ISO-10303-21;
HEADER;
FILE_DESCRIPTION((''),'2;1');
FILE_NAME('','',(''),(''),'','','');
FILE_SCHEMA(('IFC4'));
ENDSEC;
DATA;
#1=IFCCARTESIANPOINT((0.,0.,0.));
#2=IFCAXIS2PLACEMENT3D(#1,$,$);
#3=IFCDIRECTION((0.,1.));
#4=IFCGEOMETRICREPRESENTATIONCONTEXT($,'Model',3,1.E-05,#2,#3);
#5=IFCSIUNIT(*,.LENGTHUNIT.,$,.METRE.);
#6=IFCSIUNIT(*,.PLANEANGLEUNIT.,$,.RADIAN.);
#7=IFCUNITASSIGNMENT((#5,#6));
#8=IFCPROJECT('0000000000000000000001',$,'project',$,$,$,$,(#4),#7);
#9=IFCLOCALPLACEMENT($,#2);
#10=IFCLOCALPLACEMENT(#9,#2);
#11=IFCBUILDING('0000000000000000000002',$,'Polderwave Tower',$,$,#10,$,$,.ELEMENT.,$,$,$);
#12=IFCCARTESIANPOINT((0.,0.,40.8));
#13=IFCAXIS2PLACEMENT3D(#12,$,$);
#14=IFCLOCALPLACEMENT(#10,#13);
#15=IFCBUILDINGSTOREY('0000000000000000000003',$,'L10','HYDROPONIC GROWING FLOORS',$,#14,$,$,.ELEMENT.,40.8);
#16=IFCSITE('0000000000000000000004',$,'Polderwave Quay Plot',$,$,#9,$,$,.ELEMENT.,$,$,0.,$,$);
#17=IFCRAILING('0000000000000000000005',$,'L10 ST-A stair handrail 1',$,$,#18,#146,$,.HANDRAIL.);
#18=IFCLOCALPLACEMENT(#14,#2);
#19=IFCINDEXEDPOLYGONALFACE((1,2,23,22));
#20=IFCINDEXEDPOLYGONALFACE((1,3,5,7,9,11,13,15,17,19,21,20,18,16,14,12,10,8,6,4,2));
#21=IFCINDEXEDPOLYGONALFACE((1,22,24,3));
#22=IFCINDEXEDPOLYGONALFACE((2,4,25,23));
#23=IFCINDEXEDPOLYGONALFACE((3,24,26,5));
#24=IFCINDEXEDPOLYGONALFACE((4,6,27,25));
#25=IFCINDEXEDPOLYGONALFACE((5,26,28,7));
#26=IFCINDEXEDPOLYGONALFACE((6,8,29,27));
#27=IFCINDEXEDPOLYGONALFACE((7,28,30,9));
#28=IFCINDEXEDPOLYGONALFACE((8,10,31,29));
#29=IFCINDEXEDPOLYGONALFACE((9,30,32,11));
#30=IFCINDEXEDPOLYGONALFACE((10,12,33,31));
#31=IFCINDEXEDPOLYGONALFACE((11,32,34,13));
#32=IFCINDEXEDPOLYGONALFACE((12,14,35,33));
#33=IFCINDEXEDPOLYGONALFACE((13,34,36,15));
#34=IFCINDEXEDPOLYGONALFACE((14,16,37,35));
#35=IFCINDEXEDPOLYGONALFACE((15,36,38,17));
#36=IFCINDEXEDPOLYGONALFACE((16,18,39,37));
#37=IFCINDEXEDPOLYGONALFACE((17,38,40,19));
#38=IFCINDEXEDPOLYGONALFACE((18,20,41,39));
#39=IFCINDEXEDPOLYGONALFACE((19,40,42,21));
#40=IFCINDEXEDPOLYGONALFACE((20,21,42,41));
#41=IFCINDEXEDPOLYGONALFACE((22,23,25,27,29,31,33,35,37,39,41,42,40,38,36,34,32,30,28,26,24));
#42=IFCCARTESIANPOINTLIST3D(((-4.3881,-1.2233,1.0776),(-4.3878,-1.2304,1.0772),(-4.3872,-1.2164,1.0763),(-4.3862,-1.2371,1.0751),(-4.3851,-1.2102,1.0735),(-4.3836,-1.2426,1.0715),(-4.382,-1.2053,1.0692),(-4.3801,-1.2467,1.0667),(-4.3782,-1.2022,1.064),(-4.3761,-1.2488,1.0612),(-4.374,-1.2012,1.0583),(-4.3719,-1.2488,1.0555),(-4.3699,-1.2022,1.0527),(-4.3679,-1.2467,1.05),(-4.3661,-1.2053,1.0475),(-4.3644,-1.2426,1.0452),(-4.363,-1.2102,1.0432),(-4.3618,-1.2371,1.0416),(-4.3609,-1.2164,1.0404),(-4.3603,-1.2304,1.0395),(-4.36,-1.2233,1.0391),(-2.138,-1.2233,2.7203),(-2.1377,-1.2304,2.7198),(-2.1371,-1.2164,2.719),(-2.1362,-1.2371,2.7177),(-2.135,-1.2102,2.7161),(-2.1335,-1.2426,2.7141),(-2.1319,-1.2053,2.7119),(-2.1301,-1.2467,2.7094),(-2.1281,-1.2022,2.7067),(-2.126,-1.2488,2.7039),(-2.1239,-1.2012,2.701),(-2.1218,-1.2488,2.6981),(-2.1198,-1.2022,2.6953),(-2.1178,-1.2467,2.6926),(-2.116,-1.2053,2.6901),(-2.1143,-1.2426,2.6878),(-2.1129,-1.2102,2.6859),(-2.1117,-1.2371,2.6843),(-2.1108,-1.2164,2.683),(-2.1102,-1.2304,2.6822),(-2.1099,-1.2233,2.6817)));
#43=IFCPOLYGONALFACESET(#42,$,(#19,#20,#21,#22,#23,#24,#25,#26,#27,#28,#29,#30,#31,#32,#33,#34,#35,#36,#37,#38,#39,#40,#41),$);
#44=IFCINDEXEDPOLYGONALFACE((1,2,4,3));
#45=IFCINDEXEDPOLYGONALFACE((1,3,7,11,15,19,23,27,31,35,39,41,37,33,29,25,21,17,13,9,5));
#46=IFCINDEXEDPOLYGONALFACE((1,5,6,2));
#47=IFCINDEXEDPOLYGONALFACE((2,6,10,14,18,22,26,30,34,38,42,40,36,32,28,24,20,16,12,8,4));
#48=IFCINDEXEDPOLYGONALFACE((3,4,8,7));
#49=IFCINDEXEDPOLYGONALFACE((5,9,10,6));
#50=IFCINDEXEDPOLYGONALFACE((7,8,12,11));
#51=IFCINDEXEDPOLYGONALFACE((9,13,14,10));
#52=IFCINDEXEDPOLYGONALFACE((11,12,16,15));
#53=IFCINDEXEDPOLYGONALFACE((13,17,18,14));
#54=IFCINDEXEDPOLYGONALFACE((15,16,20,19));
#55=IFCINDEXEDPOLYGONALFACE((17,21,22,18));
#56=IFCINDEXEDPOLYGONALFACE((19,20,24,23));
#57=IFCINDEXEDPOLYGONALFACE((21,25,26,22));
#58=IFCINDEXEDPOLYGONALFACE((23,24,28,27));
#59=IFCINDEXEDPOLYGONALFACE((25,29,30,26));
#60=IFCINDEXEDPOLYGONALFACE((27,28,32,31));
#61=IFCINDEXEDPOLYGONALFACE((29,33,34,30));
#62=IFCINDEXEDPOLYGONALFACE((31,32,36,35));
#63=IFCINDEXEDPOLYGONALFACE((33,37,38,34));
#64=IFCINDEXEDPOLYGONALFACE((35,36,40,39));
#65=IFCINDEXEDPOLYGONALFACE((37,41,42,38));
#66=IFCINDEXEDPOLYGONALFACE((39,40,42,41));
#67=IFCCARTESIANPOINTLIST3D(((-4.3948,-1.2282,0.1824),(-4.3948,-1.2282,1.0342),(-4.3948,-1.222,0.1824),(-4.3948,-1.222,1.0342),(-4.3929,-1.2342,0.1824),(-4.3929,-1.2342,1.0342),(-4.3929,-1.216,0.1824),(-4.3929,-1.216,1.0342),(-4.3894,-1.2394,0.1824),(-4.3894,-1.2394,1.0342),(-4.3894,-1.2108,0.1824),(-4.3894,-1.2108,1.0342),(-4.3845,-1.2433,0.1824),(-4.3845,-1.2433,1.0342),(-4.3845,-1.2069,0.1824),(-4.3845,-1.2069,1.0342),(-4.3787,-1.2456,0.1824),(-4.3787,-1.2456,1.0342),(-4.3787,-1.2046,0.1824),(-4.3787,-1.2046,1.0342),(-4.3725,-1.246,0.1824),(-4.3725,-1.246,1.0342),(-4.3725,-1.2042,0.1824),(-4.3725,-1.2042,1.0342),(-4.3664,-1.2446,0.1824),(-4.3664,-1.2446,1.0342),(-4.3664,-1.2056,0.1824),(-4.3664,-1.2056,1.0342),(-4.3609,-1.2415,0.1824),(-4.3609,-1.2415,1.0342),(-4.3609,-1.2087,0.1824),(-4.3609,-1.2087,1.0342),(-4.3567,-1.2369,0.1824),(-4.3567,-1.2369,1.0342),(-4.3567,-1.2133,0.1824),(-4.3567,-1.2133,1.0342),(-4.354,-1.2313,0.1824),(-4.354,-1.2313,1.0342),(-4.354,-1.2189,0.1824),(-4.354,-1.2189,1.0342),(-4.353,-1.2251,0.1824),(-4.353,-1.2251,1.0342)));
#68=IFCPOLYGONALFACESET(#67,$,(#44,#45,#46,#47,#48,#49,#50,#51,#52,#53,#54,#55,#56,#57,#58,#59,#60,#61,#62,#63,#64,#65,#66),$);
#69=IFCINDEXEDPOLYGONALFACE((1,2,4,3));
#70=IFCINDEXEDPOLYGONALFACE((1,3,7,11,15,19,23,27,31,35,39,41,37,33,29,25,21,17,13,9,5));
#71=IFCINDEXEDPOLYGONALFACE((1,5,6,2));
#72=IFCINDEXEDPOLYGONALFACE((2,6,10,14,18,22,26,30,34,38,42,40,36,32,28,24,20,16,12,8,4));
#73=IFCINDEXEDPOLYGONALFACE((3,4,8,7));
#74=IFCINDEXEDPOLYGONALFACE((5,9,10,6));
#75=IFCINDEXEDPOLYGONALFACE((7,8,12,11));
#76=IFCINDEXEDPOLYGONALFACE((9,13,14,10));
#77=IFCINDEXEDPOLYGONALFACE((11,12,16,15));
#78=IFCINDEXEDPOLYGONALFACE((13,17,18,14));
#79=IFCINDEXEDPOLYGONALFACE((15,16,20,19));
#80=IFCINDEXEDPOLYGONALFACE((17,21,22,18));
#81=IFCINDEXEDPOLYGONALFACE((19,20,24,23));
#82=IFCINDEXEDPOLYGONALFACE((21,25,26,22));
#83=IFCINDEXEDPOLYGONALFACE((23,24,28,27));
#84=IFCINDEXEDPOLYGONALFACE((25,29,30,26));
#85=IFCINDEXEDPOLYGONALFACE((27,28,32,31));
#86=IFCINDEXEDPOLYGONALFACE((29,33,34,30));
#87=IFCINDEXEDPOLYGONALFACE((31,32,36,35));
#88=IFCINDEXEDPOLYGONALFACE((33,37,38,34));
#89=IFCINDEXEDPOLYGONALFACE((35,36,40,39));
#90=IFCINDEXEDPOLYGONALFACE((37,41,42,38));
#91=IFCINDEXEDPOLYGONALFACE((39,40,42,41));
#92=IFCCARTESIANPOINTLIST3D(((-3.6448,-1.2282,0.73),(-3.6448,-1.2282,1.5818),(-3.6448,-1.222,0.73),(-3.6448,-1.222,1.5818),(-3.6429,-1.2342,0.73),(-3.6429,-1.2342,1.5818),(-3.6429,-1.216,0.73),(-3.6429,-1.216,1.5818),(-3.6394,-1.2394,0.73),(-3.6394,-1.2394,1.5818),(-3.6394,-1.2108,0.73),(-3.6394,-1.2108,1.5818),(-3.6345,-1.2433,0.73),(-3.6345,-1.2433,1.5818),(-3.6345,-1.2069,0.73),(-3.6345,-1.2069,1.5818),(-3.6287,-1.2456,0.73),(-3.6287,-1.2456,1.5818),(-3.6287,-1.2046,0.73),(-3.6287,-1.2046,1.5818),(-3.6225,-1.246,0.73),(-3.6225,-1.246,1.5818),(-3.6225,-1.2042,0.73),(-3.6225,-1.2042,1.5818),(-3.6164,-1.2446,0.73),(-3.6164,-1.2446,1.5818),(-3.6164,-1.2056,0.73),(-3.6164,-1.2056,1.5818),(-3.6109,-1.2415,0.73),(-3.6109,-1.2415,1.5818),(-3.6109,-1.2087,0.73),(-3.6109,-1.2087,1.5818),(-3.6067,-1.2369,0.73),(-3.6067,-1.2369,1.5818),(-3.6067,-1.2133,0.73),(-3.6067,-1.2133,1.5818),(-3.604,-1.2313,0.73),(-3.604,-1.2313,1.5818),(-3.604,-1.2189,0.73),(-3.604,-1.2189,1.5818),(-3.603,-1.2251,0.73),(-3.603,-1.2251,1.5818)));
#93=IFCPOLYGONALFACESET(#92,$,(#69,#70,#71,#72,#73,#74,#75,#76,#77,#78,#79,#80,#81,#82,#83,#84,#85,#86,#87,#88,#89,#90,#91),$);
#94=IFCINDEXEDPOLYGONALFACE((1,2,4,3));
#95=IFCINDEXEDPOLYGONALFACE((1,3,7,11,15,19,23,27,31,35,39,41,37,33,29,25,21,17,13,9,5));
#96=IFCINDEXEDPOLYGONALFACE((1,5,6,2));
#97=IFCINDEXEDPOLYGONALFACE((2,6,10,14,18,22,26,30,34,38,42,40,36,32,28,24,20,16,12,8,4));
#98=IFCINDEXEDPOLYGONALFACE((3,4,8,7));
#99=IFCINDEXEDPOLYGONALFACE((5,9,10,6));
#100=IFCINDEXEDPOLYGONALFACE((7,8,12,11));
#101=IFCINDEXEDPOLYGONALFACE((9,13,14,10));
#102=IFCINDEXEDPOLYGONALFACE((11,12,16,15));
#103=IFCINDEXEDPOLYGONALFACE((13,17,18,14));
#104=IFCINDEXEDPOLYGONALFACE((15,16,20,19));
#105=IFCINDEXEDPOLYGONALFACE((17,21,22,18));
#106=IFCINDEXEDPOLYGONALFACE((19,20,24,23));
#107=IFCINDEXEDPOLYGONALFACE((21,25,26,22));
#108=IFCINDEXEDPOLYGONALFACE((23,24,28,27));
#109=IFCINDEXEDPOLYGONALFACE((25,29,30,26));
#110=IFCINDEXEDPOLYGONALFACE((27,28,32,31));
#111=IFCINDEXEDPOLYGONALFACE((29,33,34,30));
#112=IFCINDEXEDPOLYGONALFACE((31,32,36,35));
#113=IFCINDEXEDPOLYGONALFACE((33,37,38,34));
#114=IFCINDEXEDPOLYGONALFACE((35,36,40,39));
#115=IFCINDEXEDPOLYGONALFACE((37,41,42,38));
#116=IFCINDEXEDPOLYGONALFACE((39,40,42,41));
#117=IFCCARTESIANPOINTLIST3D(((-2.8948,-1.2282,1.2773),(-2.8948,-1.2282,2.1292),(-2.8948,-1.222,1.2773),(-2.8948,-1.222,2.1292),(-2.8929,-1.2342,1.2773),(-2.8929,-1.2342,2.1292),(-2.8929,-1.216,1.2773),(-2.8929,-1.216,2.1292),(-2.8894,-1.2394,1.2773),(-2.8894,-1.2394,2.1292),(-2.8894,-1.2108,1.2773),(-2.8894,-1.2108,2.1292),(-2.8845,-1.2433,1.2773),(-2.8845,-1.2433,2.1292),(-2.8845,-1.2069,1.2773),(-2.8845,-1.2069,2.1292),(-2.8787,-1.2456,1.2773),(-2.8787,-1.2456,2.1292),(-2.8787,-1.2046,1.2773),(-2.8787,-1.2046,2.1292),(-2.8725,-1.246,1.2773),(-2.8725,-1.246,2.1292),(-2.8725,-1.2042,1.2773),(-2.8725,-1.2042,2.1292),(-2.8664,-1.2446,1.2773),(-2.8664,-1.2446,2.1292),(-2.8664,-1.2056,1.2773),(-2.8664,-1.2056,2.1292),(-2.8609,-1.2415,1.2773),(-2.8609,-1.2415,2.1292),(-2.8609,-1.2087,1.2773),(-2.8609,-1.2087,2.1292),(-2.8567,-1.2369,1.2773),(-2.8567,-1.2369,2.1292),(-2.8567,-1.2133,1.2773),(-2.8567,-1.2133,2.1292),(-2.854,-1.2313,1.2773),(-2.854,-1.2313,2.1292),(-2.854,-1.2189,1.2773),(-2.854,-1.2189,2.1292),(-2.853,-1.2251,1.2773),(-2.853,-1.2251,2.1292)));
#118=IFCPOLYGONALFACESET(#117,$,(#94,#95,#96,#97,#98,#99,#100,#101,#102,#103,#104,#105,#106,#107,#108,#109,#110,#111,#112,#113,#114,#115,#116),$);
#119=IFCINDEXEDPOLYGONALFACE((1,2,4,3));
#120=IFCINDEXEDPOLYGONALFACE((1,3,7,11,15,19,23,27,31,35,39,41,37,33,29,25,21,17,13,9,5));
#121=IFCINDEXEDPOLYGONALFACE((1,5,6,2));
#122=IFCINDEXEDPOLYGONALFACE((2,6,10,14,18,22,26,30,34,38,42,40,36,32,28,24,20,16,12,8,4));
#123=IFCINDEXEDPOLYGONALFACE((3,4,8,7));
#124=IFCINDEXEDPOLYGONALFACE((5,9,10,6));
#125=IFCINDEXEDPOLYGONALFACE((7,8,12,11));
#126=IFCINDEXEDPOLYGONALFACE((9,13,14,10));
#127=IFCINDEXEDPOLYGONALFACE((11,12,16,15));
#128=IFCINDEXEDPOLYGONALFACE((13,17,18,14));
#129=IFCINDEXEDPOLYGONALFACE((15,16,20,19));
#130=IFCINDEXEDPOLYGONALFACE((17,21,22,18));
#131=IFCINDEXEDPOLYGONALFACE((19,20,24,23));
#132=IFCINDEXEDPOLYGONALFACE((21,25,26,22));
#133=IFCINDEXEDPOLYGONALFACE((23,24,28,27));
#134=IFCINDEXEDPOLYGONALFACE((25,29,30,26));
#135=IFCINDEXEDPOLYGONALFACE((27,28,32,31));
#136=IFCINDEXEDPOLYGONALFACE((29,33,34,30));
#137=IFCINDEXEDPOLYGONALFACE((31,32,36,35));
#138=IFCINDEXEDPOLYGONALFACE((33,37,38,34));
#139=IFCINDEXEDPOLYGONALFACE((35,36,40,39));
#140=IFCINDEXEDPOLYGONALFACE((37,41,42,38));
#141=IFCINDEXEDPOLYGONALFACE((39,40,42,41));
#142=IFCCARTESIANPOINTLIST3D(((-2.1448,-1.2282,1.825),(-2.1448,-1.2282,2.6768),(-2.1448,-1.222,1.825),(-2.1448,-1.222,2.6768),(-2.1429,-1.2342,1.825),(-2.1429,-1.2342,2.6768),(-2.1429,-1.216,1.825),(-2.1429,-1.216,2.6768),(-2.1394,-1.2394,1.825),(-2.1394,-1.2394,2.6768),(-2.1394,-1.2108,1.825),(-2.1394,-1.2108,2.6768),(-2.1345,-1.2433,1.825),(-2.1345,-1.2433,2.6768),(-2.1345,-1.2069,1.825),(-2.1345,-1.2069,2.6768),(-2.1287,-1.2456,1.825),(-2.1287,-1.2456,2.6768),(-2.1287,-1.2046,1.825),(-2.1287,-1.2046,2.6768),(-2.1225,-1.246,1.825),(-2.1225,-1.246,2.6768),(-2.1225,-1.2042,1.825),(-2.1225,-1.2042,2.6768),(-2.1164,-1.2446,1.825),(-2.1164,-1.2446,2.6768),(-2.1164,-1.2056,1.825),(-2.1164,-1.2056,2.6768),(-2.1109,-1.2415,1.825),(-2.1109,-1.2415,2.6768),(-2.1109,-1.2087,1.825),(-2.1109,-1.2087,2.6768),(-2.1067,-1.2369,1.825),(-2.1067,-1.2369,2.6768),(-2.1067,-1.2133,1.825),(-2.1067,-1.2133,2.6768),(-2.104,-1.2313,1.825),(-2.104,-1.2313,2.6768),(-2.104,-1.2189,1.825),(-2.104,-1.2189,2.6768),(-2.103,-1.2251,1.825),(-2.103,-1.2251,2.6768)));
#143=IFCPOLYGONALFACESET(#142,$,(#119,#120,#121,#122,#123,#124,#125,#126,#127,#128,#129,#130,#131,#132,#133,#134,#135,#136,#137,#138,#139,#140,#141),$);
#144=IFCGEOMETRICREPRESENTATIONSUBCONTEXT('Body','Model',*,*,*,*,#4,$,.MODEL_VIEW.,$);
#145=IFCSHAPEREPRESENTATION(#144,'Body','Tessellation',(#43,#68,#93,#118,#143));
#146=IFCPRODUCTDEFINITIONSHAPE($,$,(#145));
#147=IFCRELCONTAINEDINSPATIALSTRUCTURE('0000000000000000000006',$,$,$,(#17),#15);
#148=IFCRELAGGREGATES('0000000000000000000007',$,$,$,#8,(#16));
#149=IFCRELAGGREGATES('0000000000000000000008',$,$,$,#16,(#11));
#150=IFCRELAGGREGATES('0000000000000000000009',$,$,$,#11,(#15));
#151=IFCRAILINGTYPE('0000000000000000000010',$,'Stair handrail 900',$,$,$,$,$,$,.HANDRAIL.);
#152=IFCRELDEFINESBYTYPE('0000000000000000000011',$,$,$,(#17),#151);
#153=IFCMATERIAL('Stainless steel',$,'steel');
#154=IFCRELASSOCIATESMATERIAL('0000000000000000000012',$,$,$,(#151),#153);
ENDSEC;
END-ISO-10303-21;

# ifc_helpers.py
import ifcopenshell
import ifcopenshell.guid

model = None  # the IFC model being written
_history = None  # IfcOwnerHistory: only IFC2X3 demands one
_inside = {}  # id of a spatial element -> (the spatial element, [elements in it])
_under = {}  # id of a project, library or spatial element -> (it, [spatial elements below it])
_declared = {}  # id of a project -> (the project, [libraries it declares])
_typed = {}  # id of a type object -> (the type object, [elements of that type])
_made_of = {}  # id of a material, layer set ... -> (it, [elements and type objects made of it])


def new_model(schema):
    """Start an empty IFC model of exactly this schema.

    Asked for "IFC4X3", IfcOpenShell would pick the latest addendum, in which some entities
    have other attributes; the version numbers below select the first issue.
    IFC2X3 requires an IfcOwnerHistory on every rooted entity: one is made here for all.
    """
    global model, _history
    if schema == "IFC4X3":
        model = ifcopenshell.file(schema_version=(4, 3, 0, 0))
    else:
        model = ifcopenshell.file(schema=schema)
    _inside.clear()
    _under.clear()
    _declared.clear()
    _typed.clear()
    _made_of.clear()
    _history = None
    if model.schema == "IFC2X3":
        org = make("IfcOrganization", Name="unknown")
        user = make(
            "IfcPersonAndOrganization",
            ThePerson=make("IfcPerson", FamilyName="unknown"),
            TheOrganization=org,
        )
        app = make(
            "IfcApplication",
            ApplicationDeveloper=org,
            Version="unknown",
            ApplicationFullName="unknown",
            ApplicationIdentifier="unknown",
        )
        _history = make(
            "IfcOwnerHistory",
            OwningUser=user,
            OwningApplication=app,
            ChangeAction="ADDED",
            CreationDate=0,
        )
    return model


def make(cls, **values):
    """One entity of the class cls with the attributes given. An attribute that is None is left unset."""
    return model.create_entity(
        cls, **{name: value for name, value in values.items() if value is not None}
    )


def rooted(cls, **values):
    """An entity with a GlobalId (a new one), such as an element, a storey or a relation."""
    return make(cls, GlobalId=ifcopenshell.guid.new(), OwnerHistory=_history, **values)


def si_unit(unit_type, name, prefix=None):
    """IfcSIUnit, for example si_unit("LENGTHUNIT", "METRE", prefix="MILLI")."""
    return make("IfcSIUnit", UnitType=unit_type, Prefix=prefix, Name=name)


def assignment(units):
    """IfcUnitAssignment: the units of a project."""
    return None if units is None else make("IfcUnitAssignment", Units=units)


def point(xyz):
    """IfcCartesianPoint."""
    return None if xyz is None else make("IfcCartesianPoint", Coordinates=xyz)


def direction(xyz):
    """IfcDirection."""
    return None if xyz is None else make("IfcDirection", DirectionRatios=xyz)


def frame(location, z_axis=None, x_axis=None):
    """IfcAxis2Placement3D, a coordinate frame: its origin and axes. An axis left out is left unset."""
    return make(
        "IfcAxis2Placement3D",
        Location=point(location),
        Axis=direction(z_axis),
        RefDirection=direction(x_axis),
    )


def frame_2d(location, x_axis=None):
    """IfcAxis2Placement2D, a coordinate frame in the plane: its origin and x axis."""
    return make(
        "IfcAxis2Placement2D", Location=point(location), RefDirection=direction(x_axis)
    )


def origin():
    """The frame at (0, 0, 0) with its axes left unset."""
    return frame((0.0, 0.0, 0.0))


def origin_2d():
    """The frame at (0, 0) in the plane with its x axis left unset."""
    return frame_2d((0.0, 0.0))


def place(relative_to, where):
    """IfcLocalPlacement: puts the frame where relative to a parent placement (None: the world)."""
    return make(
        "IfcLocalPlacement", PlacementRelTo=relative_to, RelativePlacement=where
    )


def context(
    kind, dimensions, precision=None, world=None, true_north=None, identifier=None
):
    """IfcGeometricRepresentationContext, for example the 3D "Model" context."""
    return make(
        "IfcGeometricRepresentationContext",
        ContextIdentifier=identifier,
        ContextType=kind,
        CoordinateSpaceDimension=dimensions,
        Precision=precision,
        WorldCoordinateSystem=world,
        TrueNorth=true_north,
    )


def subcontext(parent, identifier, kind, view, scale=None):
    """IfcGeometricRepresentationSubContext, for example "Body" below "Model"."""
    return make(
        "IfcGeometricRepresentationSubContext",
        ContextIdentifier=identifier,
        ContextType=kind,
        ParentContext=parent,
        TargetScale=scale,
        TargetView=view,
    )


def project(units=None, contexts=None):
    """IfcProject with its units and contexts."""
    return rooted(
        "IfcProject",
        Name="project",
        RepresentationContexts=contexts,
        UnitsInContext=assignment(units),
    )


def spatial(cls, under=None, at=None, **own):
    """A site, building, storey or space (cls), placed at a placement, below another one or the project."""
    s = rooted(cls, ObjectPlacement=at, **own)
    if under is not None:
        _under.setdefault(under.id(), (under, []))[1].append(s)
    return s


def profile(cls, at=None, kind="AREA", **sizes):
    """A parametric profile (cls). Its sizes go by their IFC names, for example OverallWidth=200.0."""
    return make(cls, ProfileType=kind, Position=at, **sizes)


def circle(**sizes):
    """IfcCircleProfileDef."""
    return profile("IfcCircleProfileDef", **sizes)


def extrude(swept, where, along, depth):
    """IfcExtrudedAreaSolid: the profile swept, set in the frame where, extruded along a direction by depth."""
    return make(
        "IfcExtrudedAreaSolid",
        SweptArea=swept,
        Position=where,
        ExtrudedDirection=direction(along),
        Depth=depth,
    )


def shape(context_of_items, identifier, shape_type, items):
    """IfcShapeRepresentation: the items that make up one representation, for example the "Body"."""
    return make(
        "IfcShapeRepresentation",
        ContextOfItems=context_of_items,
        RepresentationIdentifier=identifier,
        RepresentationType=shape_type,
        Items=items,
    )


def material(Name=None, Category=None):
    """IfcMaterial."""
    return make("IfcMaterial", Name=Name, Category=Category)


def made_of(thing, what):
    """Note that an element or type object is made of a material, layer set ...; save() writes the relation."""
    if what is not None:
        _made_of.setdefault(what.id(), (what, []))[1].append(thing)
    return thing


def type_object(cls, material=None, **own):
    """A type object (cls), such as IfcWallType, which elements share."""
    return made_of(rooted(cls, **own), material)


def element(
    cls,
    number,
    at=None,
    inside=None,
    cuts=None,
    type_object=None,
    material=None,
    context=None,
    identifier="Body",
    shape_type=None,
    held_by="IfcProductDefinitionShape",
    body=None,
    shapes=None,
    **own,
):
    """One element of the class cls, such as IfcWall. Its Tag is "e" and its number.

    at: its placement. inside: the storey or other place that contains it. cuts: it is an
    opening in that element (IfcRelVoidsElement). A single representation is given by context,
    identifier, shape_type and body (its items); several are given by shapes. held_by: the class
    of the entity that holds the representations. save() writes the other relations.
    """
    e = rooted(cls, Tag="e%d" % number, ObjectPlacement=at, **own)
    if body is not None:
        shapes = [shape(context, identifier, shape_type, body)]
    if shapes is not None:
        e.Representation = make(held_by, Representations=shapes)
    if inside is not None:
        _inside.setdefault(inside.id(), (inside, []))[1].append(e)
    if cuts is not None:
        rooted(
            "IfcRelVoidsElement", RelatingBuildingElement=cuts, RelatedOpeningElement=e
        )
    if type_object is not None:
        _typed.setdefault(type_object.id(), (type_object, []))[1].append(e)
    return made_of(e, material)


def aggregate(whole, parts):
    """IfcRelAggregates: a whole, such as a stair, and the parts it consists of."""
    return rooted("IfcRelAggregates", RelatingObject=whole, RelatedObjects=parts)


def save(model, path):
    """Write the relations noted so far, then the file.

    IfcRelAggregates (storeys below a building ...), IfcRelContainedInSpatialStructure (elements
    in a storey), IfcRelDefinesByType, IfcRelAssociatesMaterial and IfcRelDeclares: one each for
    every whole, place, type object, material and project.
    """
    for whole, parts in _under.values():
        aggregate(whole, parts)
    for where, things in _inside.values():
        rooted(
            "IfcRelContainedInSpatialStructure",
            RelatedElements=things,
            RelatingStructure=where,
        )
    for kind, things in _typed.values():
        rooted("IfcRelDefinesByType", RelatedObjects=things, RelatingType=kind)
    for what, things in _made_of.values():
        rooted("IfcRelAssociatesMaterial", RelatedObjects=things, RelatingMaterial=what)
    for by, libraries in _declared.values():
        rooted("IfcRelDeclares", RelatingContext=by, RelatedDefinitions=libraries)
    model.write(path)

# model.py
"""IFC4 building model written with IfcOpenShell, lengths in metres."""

from ifc_helpers import new_model, si_unit, direction, frame, origin, origin_2d, place, context, subcontext, project, spatial, circle, extrude, material, type_object, element, save


model = new_model("IFC4")

# Units and contexts
model_context = context("Model", 3, precision=1e-05, world=origin(), true_north=direction((0.0, 1.0)))
body_context = subcontext(model_context, "Body", "Model", "MODEL_VIEW")
ifc_project = project(units=[si_unit("LENGTHUNIT", "METRE"), si_unit("PLANEANGLEUNIT", "RADIAN")], contexts=[model_context])

# Site, building, storey
site_placement = place(None, origin())
site = spatial("IfcSite", under=ifc_project, at=site_placement, Name="Polderwave Quay Plot", CompositionType="ELEMENT", RefElevation=0.0)
building_placement = place(site_placement, origin())
building = spatial("IfcBuilding", under=site, at=building_placement, Name="Polderwave Tower", CompositionType="ELEMENT")
storey_placement = place(building_placement, frame((0.0, 0.0, 40.8)))
storey = spatial("IfcBuildingStorey", under=building, at=storey_placement, Name="L10", Description="HYDROPONIC GROWING FLOORS", CompositionType="ELEMENT", Elevation=40.8)

# Shared definitions
ifc_material_1 = material(Name="Stainless steel", Category="steel")

# Railing
railing_type_1 = type_object("IfcRailingType", Name="Stair handrail 900", PredefinedType="HANDRAIL", material=ifc_material_1)
railing_1_placement = place(storey_placement, frame((-4.374, -1.2251, 0.1824)))
element("IfcRailing", 1, at=railing_1_placement, inside=storey, type_object=railing_type_1, Name="L10 ST-A stair handrail 1", PredefinedType="HANDRAIL", context=body_context, shape_type="SweptSolid", body=[
    extrude(circle(Radius=0.0239, at=origin_2d()), frame((0.0, 0.0, 0.876), z_axis=(0.807674, 0.0, 0.58963), x_axis=(0.0, 1.0, 0.0)), (0.0, 0.0, 1.0), 2.7859),
    extrude(circle(Radius=0.021, at=origin_2d()), origin(), (0.0, 0.0, 1.0), 0.8518),
    extrude(circle(Radius=0.021, at=origin_2d()), frame((0.75, 0.0, 0.5476)), (0.0, 0.0, 1.0), 0.8518),
    extrude(circle(Radius=0.021, at=origin_2d()), frame((1.5, 0.0, 1.095)), (0.0, 0.0, 1.0), 0.8518),
    extrude(circle(Radius=0.021, at=origin_2d()), frame((2.25, 0.0, 1.6426)), (0.0, 0.0, 1.0), 0.8518),
])

save(model, "model.ifc")
